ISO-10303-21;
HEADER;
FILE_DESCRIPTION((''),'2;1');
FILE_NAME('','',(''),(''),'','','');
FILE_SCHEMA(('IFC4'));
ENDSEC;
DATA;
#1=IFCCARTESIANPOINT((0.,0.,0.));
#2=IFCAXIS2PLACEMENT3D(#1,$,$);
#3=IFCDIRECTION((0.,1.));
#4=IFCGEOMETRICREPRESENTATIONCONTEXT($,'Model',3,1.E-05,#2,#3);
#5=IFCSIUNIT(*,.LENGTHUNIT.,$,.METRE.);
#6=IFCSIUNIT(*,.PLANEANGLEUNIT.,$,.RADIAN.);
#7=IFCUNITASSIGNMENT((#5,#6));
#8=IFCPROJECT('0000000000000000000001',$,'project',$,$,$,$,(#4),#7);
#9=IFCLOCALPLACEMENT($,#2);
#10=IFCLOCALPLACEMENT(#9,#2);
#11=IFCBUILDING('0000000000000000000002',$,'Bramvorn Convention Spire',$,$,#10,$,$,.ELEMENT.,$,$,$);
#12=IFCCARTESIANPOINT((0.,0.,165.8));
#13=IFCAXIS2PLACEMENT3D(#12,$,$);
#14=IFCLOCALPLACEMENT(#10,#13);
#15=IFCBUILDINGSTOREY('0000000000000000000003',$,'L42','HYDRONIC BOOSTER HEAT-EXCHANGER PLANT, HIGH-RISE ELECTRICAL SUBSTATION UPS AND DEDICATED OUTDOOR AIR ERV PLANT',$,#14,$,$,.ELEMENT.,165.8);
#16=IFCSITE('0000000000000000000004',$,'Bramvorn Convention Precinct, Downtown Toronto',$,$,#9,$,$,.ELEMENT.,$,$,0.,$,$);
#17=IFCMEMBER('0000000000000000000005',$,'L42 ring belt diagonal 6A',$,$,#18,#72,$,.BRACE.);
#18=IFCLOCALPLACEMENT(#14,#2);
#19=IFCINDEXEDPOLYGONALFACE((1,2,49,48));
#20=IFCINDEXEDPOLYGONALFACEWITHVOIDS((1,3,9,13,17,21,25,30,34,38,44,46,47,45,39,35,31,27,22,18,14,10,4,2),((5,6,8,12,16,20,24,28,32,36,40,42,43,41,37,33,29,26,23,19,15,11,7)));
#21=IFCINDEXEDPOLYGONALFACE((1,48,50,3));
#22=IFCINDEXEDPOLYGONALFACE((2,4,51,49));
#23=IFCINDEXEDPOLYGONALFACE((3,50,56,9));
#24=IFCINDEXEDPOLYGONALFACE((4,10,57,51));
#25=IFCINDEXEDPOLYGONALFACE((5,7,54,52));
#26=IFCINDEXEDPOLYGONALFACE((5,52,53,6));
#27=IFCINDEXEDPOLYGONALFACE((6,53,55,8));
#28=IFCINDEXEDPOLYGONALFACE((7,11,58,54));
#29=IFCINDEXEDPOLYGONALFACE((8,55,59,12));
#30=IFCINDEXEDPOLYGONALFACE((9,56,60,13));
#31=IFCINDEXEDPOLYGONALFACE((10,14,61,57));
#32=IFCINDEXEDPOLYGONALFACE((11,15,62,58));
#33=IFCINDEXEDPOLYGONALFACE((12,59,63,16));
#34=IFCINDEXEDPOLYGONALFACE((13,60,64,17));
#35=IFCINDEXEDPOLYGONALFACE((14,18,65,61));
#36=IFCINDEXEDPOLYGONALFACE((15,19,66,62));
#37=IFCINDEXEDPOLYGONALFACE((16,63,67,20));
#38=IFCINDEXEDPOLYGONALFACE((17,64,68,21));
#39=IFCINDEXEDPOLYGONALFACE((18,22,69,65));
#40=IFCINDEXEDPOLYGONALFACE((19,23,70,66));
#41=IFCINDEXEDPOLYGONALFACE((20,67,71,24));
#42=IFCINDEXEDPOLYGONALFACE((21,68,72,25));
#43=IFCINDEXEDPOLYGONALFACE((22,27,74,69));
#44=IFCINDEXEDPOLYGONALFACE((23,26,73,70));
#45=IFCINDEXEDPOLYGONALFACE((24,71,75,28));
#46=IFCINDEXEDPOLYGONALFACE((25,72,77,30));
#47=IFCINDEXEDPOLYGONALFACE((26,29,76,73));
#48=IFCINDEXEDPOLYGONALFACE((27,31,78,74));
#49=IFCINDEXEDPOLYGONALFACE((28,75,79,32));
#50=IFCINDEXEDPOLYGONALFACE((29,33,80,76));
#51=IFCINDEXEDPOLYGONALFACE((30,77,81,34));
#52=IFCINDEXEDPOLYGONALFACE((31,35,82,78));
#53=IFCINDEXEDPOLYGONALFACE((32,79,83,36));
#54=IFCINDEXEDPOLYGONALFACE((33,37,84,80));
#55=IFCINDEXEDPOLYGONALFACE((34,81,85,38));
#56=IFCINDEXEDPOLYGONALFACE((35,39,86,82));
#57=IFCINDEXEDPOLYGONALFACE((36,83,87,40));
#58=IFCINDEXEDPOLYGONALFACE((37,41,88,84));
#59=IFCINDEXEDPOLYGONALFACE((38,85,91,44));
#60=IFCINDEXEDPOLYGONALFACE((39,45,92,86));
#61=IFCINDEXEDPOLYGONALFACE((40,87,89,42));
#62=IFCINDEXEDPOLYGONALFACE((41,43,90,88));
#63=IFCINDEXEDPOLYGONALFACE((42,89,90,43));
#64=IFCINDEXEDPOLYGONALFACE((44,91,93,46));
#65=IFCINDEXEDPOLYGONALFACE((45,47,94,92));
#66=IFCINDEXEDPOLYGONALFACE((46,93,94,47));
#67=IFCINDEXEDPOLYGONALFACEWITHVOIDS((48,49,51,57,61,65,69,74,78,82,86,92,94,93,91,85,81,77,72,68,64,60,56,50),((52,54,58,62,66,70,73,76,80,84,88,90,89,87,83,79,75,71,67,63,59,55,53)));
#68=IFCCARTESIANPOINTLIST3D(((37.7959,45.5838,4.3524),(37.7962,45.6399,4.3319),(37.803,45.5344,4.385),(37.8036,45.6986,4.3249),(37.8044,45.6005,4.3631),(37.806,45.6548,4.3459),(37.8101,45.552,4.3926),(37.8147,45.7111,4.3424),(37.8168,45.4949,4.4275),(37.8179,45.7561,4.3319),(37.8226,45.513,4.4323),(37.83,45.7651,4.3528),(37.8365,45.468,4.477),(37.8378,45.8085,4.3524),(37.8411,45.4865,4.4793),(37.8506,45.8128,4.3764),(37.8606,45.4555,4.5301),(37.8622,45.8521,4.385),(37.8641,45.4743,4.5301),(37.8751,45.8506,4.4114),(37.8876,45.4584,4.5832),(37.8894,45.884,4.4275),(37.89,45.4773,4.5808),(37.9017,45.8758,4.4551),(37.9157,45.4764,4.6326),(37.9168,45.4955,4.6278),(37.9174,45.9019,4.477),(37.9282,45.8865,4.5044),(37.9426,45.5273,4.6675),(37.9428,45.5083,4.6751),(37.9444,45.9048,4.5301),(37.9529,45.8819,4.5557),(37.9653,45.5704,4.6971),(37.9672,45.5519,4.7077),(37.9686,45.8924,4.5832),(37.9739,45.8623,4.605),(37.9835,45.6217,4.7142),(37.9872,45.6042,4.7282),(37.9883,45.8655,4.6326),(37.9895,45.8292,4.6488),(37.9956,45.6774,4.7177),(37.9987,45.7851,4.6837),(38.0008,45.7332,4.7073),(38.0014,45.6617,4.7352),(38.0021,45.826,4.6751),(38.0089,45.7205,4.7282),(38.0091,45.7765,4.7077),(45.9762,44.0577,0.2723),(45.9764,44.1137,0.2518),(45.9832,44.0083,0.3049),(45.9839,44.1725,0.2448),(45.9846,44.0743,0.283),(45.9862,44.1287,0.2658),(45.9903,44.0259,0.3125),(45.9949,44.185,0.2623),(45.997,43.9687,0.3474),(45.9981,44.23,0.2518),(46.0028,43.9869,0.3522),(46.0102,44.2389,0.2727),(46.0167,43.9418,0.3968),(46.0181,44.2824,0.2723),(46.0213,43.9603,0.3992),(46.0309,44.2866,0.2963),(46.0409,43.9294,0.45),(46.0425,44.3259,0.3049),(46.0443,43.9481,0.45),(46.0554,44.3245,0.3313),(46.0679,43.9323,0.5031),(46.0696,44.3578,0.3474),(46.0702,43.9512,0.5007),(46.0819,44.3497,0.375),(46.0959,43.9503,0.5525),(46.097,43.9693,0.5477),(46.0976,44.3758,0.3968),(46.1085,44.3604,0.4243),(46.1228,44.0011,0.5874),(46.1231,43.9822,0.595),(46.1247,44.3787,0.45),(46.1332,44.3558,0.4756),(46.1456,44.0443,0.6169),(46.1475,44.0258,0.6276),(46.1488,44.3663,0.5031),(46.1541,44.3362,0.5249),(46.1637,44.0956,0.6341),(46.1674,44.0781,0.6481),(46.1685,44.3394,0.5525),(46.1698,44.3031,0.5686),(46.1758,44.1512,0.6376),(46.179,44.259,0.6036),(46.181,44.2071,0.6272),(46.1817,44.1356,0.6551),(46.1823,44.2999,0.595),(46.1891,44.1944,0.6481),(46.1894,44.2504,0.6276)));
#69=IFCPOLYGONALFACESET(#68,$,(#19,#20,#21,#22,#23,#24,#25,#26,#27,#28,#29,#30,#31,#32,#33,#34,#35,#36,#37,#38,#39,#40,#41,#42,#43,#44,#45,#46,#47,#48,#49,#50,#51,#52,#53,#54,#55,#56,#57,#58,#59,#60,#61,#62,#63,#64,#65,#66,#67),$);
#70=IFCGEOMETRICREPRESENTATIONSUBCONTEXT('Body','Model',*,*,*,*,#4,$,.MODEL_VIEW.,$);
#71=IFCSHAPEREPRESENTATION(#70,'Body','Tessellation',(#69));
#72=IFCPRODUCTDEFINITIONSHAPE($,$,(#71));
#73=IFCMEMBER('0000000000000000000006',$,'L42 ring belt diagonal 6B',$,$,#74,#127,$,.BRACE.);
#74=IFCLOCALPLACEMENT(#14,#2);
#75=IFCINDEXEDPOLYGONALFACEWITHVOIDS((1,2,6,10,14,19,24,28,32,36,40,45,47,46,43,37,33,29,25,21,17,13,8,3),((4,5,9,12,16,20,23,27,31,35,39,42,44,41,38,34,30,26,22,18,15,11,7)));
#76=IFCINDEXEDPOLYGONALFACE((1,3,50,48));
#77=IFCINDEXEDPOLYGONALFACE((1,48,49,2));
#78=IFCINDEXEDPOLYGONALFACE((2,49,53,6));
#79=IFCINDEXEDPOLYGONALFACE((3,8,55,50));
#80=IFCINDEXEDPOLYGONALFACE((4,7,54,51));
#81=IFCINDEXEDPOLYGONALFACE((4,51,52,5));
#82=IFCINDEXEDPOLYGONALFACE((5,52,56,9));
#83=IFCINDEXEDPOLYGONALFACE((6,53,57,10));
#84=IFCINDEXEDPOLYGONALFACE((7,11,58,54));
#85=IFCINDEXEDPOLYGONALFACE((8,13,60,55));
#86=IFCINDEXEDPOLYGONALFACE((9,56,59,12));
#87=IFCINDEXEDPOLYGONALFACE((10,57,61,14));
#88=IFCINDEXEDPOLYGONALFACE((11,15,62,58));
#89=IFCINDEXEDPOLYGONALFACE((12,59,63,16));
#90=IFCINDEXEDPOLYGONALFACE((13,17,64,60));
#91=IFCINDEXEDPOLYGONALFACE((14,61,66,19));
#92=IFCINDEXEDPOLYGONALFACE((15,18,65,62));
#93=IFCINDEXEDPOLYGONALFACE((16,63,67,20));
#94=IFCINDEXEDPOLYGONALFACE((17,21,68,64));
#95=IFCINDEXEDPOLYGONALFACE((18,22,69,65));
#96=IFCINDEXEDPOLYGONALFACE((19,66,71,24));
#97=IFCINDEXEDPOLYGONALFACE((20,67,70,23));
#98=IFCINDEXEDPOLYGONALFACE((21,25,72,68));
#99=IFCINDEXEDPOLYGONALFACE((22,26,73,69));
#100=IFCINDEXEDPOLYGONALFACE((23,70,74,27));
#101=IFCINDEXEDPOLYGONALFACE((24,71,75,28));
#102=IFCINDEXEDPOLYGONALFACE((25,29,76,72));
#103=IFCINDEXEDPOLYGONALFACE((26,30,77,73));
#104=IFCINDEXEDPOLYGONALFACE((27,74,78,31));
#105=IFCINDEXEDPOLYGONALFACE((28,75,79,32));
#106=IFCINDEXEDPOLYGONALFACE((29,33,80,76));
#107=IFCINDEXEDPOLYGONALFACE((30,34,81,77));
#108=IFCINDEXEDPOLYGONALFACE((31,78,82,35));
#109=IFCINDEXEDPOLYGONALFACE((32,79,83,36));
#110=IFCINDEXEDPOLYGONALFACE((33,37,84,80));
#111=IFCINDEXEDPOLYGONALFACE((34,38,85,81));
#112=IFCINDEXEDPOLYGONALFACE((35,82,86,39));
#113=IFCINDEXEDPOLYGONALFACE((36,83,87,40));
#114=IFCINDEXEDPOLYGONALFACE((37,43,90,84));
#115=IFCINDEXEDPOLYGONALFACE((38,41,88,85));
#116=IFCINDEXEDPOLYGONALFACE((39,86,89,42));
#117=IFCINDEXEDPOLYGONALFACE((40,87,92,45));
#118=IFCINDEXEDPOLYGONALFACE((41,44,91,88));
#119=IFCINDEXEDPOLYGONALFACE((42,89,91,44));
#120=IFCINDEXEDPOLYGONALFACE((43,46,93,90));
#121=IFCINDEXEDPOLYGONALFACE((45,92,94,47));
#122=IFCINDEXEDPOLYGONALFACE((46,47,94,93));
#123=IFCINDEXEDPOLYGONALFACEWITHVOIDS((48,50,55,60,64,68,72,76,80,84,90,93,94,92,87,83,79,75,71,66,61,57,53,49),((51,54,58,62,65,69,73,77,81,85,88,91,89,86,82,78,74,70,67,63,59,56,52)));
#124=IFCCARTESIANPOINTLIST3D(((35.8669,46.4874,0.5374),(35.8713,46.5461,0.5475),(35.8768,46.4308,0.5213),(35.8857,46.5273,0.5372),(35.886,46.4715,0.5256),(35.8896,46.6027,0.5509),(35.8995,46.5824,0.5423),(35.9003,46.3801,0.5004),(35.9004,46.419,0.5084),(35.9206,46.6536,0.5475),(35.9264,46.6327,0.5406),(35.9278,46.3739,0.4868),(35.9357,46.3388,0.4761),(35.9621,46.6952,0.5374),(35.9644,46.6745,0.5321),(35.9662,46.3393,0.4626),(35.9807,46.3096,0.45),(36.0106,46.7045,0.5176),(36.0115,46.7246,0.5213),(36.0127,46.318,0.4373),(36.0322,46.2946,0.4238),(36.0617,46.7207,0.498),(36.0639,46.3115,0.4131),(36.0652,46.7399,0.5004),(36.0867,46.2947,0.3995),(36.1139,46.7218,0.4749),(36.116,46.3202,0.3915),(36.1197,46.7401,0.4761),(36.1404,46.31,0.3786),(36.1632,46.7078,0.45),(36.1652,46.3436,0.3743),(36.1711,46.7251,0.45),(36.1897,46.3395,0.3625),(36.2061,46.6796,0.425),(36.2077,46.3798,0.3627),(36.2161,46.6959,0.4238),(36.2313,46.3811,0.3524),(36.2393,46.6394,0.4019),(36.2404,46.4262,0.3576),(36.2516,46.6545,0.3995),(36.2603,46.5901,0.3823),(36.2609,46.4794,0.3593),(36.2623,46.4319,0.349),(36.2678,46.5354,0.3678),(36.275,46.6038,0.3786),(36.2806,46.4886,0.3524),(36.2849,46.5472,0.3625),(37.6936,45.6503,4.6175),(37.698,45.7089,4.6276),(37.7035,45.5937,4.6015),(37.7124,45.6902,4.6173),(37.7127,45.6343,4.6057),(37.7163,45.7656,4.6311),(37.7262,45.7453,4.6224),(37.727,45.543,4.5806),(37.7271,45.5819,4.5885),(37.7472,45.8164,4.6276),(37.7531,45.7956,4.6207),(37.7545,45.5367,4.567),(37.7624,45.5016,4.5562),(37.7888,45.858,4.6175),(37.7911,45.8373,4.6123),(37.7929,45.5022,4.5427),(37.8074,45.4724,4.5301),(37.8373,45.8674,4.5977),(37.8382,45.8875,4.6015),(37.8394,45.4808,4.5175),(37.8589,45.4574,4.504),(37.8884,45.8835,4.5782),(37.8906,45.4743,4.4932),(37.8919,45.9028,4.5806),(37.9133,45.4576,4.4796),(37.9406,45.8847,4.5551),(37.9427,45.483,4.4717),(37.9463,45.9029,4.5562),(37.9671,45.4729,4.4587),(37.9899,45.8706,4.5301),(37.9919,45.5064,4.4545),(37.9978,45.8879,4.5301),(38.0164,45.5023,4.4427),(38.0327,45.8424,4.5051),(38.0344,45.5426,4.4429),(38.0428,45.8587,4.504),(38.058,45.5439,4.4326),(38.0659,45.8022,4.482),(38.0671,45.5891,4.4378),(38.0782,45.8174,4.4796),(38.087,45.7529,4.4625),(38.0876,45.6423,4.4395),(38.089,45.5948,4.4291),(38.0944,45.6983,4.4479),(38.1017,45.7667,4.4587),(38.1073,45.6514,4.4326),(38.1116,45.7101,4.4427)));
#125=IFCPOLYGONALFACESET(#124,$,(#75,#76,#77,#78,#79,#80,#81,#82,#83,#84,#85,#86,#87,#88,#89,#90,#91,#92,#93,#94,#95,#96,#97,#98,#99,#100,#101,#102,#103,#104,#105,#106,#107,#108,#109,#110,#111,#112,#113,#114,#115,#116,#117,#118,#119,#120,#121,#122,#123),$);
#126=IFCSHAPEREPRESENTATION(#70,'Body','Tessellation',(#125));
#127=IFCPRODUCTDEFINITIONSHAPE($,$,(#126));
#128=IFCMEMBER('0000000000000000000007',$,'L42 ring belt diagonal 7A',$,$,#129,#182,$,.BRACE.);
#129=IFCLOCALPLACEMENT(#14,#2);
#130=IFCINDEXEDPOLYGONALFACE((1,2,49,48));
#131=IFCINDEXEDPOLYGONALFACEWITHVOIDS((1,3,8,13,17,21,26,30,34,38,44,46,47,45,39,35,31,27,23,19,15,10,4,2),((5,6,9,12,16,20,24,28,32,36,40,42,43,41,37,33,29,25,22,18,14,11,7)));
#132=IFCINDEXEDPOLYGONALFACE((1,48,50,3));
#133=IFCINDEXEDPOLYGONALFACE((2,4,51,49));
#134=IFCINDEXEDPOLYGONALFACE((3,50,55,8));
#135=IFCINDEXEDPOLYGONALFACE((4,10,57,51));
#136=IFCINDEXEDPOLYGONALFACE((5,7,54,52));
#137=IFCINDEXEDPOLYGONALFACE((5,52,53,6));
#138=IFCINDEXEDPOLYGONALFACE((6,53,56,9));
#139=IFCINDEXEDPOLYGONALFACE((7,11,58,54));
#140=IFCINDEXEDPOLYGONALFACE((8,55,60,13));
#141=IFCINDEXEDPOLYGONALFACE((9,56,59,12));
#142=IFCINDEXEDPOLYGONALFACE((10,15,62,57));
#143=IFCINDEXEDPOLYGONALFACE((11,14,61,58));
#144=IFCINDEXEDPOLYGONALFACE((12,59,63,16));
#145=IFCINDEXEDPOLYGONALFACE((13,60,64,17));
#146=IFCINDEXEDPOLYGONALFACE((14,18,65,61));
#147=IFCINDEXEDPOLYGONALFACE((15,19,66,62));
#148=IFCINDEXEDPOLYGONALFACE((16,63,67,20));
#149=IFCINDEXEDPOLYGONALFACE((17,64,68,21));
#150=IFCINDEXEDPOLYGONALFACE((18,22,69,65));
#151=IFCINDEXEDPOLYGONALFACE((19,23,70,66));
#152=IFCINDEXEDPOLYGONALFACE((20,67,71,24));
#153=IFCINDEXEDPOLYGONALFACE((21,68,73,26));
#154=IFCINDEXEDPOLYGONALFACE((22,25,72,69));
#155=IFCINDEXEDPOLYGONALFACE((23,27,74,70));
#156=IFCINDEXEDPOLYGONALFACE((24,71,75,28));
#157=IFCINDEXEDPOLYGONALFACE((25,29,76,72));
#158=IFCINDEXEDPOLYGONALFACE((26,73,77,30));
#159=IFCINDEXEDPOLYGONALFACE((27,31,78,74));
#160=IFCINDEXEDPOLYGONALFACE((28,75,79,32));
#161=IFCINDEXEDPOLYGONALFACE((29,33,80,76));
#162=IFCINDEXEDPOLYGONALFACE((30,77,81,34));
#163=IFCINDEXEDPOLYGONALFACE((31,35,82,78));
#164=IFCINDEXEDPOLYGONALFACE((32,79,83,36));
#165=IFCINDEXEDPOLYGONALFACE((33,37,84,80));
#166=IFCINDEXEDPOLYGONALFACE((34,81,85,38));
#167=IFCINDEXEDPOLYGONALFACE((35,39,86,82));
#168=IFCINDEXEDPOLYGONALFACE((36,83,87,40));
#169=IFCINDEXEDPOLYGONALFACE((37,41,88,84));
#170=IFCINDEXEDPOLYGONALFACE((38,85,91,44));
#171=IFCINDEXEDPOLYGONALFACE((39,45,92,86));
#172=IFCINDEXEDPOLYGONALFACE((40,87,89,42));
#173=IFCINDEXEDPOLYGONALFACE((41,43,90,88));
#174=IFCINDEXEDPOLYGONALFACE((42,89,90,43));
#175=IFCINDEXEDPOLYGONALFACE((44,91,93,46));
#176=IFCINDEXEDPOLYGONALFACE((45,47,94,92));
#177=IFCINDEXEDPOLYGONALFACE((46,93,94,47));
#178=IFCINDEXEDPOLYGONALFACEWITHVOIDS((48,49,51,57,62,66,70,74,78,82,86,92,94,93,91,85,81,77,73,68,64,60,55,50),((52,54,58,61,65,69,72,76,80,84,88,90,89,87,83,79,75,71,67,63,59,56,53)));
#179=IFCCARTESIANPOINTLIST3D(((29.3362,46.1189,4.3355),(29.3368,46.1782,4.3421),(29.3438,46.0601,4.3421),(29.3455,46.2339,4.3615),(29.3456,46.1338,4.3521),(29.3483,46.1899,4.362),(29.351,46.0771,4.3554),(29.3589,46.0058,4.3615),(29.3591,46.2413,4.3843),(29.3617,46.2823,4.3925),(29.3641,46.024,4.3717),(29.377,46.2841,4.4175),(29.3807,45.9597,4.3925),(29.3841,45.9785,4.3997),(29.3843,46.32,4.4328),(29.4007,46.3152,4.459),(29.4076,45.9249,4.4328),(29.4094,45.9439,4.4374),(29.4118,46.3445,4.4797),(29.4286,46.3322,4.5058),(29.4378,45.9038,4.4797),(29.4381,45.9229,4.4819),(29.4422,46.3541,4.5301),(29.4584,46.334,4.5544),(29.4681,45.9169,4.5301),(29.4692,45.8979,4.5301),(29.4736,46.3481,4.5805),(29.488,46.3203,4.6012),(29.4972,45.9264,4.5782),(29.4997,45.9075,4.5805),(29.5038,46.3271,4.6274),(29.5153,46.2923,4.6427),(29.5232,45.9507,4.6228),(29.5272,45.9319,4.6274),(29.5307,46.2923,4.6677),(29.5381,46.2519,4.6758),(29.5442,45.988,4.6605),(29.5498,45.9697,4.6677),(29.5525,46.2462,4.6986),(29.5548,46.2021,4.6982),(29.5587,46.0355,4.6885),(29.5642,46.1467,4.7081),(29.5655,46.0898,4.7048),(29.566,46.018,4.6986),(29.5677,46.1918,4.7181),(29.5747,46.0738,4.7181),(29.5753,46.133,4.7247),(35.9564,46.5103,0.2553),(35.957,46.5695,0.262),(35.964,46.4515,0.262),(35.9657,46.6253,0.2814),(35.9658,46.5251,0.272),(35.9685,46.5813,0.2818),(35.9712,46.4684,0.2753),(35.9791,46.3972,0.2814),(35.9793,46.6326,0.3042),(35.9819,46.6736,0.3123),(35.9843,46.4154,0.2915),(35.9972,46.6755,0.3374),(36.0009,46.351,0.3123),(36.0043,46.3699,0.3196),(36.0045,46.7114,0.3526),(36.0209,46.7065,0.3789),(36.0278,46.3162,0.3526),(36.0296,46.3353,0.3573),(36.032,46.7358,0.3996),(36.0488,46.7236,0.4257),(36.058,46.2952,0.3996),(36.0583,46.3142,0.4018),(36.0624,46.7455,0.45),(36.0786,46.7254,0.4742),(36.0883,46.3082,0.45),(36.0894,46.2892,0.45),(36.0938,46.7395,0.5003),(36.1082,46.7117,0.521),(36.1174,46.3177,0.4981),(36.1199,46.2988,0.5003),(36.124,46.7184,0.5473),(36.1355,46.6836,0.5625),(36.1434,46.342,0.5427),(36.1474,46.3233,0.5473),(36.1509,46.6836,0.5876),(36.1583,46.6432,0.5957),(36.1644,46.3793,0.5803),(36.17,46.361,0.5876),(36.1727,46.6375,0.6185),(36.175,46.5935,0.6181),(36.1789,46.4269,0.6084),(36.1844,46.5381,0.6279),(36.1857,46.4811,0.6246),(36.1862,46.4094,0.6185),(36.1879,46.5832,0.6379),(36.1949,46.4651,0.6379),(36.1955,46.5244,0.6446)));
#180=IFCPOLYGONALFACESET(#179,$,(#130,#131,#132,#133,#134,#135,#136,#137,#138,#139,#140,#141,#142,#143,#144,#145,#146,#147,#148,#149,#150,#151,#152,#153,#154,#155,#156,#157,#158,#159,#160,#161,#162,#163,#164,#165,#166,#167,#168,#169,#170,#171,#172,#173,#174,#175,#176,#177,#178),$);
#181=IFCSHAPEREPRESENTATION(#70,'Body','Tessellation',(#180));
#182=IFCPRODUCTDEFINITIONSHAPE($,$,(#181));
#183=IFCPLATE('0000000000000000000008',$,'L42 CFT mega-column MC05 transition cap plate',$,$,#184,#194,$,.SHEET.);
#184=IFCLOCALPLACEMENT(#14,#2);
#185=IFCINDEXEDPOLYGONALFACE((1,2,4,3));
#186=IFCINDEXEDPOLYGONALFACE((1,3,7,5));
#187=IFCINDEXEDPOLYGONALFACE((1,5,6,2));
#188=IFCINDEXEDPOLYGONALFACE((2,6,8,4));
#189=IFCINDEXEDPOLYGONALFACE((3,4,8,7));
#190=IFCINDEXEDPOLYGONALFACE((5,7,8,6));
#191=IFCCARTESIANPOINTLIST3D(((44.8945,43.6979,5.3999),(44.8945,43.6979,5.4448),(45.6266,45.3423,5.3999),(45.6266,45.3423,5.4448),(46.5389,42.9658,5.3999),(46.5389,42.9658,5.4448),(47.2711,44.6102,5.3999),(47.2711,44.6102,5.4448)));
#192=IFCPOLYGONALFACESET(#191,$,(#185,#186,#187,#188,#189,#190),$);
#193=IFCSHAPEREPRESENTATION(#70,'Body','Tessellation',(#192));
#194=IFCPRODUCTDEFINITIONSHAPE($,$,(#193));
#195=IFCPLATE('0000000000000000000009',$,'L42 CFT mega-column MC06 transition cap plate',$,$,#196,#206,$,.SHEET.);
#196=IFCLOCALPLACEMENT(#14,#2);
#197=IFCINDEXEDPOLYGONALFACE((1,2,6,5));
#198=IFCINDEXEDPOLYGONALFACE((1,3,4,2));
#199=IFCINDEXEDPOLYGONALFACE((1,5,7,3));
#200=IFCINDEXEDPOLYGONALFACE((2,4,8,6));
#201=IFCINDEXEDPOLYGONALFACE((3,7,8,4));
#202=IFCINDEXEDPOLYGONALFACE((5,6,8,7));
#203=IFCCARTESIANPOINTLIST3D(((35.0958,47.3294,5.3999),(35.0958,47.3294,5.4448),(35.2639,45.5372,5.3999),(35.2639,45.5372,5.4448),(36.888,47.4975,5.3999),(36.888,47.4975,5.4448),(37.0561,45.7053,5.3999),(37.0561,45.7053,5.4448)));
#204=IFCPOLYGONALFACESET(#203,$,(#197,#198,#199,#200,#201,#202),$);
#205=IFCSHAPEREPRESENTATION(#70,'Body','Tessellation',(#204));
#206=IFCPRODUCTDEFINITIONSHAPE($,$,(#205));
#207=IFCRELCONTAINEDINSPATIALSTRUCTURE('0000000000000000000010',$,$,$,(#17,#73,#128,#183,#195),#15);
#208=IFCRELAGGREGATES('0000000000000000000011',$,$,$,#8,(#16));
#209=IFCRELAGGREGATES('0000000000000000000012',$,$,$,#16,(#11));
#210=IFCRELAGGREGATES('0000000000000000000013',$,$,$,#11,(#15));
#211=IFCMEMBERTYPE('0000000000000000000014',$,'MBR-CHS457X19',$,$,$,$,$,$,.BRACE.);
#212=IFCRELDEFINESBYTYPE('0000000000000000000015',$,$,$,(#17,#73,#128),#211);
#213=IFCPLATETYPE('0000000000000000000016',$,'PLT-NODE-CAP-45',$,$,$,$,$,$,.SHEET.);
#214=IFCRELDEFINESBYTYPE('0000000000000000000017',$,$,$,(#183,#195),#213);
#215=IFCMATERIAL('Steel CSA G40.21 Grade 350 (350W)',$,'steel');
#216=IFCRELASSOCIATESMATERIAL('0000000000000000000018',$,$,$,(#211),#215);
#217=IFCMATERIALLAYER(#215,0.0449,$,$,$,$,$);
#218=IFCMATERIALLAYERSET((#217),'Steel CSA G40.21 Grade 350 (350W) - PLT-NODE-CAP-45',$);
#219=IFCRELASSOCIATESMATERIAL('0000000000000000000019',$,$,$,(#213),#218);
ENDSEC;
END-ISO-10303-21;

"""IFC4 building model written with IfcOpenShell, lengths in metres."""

from ifc_helpers import new_model, si_unit, direction, frame, origin, origin_2d, place, context, subcontext, project, spatial, rectangle, hollow_circle, extrude, material, layer, layer_set, material_profile, profile_set, type_object, element, save


model = new_model("IFC4")

# Units and contexts
model_context = context("Model", 3, precision=1e-05, world=origin(), true_north=direction((0.0, 1.0)))
body_context = subcontext(model_context, "Body", "Model", "MODEL_VIEW")
ifc_project = project(units=[si_unit("LENGTHUNIT", "METRE"), si_unit("PLANEANGLEUNIT", "RADIAN")], contexts=[model_context])

# Site, building, storey
site_placement = place(None, origin())
site = spatial("IfcSite", under=ifc_project, at=site_placement, Name="Bramvorn Convention Precinct, Downtown Toronto", CompositionType="ELEMENT", RefElevation=0.0)
building_placement = place(site_placement, origin())
building = spatial("IfcBuilding", under=site, at=building_placement, Name="Bramvorn Convention Spire", CompositionType="ELEMENT")
storey_placement = place(building_placement, frame((0.0, 0.0, 165.8)))
storey = spatial("IfcBuildingStorey", under=building, at=storey_placement, Name="L42", Description="HYDRONIC BOOSTER HEAT-EXCHANGER PLANT, HIGH-RISE ELECTRICAL SUBSTATION UPS AND DEDICATED OUTDOOR AIR ERV PLANT", CompositionType="ELEMENT", Elevation=165.8)

# Shared definitions
ifc_material_1 = material(Name="Steel CSA G40.21 Grade 350 (350W)", Category="steel")

# Members
ifc_material_profile_1 = material_profile(ifc_material_1, hollow_circle(Radius=0.2285, WallThickness=0.019, at=origin_2d()))
ifc_profile_set_1 = profile_set([ifc_material_profile_1], Name="Steel CSA G40.21 Grade 350 (350W) - CHS457X19")
member_type_1 = type_object("IfcMemberType", Name="MBR-CHS457X19", PredefinedType="BRACE", material=ifc_profile_set_1)
member_1_placement = place(storey_placement, frame((46.0828, 44.1541, 0.45), z_axis=(-0.882649, 0.16467, 0.440244), x_axis=(-0.183399, -0.983039, 0.0)))
element("IfcMember", 1, at=member_1_placement, inside=storey, type_object=member_type_1, Name="L42 ring belt diagonal 6A", PredefinedType="BRACE", context=body_context, shape_type="SweptSolid", body=[
    extrude(hollow_circle(Radius=0.2285, WallThickness=0.019, at=origin_2d()), origin(), (0.0, 0.0, 1.0), 9.2678),
])
member_2_placement = place(storey_placement, frame((36.0759, 46.5173, 0.45), z_axis=(0.401638, -0.184071, 0.897109), x_axis=(0.41663, 0.909076, 0.0)))
element("IfcMember", 2, at=member_2_placement, inside=storey, type_object=member_type_1, Name="L42 ring belt diagonal 6B", PredefinedType="BRACE", context=body_context, shape_type="SweptSolid", body=[
    extrude(hollow_circle(Radius=0.2285, WallThickness=0.019, at=origin_2d()), origin(), (0.0, 0.0, 1.0), 4.5481),
])
member_3_placement = place(storey_placement, frame((36.0759, 46.5173, 0.45), z_axis=(-0.850229, -0.050262, 0.524009), x_axis=(0.059013, -0.998257, 0.0)))
element("IfcMember", 3, at=member_3_placement, inside=storey, type_object=member_type_1, Name="L42 ring belt diagonal 7A", PredefinedType="BRACE", context=body_context, shape_type="SweptSolid", body=[
    extrude(hollow_circle(Radius=0.2285, WallThickness=0.019, at=origin_2d()), origin(), (0.0, 0.0, 1.0), 7.7864),
])

# Plates
ifc_layer_1 = layer(ifc_material_1, 0.0449)
ifc_layer_set_1 = layer_set([ifc_layer_1], Name="Steel CSA G40.21 Grade 350 (350W) - PLT-NODE-CAP-45")
plate_type_1 = type_object("IfcPlateType", Name="PLT-NODE-CAP-45", PredefinedType="SHEET", material=ifc_layer_set_1)
for number, where, z_axis, x_axis, name in (
    (4, (46.0828, 44.1541, 5.3999), (0.0, 0.0, 1.0), (0.406737, 0.913545, 0.0), "L42 CFT mega-column MC05 transition cap plate"),
    (5, (36.0759, 46.5173, 5.3999), (0.0, 0.0, 1.0), (-0.093364, 0.995632, 0.0), "L42 CFT mega-column MC06 transition cap plate"),
):
    element("IfcPlate", number, at=place(storey_placement, frame(where, z_axis=z_axis, x_axis=x_axis)), inside=storey, type_object=plate_type_1, Name=name, PredefinedType="SHEET", context=body_context, shape_type="SweptSolid", body=[
        extrude(rectangle(XDim=1.8, YDim=1.8, at=origin_2d()), origin(), (0.0, 0.0, 1.0), 0.0449),
    ])

save(model, "model.ifc")
